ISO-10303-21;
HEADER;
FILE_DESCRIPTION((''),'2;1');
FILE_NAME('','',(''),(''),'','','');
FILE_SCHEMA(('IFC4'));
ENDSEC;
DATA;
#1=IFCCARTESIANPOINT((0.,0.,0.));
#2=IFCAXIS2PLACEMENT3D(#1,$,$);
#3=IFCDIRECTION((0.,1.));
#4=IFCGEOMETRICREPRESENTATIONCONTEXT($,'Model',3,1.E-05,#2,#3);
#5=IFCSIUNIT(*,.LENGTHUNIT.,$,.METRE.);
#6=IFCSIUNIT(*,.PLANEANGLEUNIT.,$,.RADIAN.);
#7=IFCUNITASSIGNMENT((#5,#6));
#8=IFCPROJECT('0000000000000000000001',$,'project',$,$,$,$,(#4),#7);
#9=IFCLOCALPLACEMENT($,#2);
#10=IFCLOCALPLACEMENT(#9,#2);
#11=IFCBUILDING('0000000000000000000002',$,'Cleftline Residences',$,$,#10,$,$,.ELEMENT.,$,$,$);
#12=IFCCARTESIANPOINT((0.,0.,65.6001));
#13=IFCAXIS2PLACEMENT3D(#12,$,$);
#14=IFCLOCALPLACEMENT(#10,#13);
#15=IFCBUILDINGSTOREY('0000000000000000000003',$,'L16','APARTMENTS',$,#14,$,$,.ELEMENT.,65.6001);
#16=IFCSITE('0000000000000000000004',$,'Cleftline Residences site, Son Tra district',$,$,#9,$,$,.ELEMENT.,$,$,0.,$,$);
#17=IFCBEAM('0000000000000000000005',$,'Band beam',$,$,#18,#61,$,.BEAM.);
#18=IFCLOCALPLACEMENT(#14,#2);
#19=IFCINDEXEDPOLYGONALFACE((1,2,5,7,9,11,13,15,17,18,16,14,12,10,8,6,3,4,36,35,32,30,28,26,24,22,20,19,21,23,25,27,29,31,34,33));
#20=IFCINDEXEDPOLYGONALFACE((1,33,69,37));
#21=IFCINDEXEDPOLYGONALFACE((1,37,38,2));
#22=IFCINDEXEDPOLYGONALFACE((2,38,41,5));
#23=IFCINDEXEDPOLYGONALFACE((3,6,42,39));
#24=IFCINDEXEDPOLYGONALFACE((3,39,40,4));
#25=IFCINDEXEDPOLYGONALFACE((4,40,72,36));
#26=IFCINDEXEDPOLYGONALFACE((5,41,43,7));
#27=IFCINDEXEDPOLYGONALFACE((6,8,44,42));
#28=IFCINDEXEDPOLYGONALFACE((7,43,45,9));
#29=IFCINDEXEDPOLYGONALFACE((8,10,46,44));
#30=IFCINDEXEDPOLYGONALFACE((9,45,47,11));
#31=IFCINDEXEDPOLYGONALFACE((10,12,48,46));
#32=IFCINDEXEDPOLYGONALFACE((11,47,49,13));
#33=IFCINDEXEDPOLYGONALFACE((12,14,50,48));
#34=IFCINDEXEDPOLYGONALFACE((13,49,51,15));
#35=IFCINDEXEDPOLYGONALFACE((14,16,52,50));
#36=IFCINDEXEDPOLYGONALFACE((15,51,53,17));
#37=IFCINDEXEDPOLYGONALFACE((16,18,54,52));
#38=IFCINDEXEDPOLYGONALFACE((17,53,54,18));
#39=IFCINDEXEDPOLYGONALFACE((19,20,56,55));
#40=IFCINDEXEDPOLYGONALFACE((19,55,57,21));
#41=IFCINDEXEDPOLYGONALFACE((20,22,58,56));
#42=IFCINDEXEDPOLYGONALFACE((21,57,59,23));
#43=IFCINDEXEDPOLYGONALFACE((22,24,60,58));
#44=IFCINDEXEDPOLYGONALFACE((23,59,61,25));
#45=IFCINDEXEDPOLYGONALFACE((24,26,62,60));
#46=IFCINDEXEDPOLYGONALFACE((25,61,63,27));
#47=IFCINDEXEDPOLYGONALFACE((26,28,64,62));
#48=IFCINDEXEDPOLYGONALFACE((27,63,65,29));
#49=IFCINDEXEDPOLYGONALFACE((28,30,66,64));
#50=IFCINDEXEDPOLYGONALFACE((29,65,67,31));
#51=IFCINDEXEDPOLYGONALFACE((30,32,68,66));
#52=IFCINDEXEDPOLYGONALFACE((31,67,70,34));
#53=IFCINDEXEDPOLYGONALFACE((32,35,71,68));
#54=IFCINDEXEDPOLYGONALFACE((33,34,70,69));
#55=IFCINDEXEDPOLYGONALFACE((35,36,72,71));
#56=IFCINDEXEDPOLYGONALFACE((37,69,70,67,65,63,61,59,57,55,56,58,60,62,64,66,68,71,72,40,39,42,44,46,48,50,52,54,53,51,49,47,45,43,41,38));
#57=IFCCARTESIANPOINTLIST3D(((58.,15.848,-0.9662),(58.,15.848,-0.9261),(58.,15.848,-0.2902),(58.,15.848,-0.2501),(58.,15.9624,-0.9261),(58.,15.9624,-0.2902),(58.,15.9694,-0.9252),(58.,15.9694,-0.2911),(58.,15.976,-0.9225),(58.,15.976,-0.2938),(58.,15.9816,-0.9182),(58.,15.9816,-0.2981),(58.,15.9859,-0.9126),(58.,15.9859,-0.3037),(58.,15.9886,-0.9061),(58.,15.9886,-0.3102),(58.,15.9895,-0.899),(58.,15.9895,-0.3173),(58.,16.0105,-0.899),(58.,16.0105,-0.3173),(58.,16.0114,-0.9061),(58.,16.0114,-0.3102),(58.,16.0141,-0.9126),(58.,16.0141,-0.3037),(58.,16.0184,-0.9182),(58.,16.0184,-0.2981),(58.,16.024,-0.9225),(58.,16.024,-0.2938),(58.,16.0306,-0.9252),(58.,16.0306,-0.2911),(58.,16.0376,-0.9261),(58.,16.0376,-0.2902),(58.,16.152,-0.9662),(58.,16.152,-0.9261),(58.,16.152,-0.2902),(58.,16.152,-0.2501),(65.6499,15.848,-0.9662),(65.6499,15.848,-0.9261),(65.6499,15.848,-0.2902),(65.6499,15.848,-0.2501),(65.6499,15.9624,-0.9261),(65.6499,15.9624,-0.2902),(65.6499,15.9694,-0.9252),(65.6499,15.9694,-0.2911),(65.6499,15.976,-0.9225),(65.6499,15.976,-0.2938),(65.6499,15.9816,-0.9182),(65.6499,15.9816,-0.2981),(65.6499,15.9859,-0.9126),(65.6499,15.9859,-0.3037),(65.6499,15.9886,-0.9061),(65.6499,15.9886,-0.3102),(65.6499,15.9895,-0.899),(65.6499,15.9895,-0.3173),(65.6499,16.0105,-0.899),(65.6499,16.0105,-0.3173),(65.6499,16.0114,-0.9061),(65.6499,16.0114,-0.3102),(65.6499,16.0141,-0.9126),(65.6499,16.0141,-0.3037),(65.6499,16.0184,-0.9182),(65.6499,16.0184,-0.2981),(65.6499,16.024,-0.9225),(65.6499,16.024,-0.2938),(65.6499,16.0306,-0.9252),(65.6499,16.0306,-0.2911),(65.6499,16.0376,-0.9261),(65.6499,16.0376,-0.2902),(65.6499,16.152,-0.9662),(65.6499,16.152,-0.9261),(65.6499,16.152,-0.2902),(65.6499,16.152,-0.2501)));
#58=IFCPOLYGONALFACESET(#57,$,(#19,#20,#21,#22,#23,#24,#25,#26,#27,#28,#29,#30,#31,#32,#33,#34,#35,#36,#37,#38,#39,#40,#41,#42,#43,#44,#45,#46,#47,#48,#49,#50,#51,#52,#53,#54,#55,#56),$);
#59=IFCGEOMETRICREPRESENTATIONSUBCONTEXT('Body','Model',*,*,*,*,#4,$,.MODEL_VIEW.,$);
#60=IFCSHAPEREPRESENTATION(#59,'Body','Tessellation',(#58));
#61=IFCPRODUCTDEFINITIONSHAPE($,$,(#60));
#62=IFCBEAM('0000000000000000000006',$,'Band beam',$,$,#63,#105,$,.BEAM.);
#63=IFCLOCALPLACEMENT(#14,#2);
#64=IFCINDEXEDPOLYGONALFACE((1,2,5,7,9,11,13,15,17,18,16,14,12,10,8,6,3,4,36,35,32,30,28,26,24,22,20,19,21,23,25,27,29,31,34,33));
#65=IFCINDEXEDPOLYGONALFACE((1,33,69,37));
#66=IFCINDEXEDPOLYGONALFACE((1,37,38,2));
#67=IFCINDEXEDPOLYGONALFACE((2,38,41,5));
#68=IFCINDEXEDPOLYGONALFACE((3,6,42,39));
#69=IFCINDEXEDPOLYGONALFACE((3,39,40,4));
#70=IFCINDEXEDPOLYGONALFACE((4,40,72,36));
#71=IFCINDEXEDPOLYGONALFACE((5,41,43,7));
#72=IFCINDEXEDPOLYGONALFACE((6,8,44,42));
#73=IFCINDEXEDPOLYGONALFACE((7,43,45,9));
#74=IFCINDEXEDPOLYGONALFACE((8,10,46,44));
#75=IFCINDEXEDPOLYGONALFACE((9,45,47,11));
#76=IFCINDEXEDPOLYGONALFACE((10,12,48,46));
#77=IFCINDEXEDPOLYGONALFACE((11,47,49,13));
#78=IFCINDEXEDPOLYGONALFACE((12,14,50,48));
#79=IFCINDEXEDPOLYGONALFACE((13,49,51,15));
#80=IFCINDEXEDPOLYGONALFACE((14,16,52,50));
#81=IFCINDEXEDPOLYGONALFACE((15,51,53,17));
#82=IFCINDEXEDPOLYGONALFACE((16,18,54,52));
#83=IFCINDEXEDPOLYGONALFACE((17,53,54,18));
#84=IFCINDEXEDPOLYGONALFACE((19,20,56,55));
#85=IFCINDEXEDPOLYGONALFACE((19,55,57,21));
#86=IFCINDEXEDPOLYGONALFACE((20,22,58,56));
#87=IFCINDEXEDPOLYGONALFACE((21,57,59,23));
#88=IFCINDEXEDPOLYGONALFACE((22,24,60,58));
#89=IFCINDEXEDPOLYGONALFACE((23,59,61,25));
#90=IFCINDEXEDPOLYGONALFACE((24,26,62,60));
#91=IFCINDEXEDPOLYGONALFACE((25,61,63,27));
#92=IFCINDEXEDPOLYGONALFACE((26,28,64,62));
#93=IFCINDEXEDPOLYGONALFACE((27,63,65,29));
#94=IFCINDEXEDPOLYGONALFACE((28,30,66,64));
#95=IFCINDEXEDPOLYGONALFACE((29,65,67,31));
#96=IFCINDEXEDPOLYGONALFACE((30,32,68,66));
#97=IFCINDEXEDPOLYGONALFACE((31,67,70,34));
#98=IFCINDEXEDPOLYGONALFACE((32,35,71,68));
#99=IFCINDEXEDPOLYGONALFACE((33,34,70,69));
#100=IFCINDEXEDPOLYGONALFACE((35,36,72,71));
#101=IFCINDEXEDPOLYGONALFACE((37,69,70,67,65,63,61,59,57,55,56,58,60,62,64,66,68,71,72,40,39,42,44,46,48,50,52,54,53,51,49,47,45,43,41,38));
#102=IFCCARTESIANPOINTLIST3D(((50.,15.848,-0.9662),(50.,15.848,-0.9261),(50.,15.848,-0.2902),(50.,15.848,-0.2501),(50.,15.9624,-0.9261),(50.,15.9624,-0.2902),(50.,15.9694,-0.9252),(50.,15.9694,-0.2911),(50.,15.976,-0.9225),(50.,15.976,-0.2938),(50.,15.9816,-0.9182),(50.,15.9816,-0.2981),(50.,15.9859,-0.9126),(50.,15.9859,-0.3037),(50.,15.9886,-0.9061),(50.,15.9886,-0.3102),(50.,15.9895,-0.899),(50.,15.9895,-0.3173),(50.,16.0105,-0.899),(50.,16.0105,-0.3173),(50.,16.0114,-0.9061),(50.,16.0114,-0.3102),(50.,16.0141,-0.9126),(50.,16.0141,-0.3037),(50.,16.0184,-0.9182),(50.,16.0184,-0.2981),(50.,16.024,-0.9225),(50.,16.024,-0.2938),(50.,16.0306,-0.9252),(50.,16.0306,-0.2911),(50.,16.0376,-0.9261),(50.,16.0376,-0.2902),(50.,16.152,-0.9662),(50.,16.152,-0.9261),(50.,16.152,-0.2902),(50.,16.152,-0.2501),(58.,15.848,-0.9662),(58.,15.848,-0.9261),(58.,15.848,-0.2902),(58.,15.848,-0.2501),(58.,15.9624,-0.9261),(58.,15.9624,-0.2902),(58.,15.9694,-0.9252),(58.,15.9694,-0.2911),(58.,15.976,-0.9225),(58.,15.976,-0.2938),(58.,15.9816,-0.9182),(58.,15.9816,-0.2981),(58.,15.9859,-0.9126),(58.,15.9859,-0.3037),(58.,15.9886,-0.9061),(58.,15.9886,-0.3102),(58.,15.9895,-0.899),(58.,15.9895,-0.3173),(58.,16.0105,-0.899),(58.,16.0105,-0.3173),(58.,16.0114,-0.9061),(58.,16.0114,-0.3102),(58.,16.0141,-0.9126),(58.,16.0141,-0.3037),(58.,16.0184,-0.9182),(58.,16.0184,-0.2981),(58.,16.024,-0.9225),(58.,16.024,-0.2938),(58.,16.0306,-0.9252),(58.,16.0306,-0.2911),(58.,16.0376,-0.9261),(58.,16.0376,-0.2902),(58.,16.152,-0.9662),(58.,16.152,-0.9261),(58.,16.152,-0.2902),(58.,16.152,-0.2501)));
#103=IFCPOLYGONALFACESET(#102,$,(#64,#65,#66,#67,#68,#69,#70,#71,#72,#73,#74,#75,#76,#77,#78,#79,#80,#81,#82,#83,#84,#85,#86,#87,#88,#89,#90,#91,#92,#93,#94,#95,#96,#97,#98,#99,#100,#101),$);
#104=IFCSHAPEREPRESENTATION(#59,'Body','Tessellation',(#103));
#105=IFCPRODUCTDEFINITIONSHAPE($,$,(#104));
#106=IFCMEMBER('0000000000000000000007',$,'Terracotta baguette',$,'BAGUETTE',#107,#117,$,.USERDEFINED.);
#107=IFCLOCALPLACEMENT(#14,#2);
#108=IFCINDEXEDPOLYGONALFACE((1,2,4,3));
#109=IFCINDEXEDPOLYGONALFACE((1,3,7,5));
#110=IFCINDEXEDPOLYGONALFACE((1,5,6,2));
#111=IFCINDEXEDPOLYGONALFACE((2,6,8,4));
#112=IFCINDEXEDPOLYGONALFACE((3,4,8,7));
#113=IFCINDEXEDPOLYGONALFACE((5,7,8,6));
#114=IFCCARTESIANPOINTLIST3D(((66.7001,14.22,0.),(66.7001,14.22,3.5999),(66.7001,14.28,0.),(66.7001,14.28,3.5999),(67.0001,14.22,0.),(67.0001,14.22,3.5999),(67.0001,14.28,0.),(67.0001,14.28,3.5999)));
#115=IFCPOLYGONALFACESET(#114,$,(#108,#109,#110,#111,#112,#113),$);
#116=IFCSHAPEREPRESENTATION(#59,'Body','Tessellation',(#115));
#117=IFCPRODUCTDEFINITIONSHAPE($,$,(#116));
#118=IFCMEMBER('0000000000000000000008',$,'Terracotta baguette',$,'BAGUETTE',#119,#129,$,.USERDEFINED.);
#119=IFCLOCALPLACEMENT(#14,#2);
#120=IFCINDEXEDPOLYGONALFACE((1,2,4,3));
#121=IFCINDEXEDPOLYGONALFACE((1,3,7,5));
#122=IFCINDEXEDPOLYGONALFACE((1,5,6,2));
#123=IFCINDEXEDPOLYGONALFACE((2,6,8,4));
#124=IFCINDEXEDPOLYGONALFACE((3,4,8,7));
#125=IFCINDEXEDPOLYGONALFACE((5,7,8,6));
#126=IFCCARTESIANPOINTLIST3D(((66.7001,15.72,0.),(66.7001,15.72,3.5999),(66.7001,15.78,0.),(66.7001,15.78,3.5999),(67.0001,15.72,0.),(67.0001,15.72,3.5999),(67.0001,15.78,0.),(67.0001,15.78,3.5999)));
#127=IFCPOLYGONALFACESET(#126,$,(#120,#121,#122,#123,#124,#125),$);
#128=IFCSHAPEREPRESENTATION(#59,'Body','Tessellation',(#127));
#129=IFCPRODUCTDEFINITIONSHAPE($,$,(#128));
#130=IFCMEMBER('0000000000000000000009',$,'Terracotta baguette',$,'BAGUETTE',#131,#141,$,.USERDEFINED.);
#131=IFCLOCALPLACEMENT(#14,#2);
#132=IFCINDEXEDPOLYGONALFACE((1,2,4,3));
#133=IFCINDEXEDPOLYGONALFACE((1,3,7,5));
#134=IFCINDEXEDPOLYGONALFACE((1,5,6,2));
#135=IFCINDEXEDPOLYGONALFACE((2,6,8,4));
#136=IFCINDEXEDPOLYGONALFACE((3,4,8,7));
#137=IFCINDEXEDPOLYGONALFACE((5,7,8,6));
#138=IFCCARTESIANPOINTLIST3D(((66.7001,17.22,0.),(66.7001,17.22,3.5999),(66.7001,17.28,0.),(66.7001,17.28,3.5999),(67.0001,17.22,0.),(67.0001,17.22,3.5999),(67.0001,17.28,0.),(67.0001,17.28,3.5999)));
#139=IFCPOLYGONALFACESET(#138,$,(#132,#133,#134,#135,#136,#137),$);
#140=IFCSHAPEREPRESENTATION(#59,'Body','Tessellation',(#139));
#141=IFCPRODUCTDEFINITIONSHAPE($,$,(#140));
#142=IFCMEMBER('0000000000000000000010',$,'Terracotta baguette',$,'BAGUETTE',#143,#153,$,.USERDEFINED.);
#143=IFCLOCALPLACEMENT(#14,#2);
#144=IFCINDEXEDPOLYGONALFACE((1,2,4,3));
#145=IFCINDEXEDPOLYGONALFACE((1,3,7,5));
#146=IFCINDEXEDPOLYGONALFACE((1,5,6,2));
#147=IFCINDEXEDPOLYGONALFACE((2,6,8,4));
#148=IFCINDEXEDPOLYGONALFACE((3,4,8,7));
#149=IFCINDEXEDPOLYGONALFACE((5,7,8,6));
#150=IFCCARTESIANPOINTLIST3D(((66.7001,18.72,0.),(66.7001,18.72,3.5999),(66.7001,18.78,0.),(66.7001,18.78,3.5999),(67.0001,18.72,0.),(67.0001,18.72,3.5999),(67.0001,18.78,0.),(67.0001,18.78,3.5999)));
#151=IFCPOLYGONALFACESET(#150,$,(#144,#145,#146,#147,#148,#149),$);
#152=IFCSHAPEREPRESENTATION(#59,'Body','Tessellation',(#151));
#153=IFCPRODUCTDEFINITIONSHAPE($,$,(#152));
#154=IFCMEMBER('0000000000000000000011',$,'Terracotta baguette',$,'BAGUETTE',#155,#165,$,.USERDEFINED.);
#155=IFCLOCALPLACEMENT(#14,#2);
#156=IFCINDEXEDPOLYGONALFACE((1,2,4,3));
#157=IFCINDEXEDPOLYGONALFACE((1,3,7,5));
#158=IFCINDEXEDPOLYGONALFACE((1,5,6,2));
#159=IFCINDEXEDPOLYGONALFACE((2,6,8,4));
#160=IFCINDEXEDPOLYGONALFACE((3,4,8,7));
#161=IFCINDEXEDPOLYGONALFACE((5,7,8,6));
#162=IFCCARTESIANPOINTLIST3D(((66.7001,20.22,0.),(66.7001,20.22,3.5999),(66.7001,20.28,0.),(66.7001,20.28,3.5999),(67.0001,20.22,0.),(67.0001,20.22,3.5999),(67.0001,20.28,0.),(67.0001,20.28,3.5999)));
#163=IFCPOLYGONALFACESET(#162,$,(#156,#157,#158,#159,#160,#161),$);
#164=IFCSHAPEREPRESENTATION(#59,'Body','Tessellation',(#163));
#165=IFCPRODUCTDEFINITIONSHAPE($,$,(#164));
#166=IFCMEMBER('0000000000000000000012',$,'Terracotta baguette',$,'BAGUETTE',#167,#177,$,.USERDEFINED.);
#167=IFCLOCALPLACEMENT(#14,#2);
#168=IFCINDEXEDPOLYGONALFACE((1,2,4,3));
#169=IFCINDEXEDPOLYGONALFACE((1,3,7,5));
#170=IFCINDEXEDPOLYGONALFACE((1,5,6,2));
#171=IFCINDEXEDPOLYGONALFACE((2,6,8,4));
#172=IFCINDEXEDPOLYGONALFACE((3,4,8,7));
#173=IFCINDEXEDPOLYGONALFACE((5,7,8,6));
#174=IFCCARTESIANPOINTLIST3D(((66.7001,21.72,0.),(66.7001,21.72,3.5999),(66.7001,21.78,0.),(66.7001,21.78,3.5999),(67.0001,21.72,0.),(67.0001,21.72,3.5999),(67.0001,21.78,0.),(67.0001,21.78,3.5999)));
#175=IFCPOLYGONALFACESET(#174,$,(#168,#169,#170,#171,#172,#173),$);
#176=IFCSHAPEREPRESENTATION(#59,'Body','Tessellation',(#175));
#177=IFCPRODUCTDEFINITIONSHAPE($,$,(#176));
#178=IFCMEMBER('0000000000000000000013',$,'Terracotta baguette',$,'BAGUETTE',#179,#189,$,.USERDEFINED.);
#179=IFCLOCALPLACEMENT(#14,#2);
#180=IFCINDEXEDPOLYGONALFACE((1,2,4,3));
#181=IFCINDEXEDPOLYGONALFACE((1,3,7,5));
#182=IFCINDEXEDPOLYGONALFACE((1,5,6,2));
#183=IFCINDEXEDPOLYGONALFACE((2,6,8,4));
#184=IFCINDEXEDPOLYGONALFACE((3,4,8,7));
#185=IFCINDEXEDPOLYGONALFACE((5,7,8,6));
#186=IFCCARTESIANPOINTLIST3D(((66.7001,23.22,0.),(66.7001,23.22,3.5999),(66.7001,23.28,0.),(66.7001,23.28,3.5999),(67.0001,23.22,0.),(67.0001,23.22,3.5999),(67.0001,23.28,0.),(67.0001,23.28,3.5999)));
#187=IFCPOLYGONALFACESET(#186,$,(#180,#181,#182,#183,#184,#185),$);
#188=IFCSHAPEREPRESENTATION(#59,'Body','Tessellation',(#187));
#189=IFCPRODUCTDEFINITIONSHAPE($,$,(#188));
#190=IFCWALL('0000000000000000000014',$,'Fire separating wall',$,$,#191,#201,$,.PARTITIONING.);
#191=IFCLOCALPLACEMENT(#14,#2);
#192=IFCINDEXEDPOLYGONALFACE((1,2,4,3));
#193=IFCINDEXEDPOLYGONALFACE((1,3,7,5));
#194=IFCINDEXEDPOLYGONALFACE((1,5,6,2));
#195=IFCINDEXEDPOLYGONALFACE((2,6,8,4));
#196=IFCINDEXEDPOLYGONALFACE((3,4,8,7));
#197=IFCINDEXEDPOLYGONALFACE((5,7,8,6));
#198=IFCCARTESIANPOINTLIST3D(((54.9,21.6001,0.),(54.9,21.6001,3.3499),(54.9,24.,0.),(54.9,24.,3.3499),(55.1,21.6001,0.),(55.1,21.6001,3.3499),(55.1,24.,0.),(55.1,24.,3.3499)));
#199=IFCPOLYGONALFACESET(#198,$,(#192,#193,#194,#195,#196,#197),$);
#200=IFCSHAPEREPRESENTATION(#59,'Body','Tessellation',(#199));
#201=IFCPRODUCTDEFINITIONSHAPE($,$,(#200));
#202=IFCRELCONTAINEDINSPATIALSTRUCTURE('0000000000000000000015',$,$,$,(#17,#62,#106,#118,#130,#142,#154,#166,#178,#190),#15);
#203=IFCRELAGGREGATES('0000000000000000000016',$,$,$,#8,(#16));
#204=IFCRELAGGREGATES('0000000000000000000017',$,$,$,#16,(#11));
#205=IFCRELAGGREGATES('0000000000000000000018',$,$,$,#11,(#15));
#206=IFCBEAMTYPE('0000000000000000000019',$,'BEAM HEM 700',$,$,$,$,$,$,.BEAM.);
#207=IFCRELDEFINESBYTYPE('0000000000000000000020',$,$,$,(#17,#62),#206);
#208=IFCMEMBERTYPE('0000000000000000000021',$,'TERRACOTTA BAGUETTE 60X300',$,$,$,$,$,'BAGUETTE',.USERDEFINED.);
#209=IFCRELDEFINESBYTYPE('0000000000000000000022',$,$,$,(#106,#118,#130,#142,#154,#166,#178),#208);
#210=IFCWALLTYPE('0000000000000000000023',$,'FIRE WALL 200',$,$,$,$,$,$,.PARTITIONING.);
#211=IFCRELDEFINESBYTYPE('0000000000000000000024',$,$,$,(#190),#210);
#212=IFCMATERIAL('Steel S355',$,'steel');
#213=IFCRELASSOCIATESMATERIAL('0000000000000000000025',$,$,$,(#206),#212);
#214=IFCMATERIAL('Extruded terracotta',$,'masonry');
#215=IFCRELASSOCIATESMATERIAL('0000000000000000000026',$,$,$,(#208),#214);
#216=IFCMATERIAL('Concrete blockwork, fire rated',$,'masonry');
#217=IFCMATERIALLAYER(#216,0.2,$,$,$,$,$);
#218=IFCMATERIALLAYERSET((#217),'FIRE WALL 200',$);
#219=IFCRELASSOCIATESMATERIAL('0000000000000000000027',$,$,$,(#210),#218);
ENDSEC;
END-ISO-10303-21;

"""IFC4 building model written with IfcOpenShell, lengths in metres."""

from ifc_helpers import new_model, si_unit, direction, frame, frame_2d, origin, origin_2d, place, context, subcontext, project, spatial, rectangle, i_section, extrude, material, layer, layer_set, material_profile, profile_set, type_object, element, save


model = new_model("IFC4")

# Units and contexts
model_context = context("Model", 3, precision=1e-05, world=origin(), true_north=direction((0.0, 1.0)))
body_context = subcontext(model_context, "Body", "Model", "MODEL_VIEW")
ifc_project = project(units=[si_unit("LENGTHUNIT", "METRE"), si_unit("PLANEANGLEUNIT", "RADIAN")], contexts=[model_context])

# Site, building, storey
site_placement = place(None, origin())
site = spatial("IfcSite", under=ifc_project, at=site_placement, Name="Cleftline Residences site, Son Tra district", CompositionType="ELEMENT", RefElevation=0.0)
building_placement = place(site_placement, origin())
building = spatial("IfcBuilding", under=site, at=building_placement, Name="Cleftline Residences", CompositionType="ELEMENT")
storey_placement = place(building_placement, frame((0.0, 0.0, 65.6001)))
storey = spatial("IfcBuildingStorey", under=building, at=storey_placement, Name="L16", Description="APARTMENTS", CompositionType="ELEMENT", Elevation=65.6001)

# Beams
ifc_material_1 = material(Name="Steel S355", Category="steel")
ifc_material_profile_1 = material_profile(ifc_material_1, i_section(OverallWidth=0.304, OverallDepth=0.7161, WebThickness=0.021, FlangeThickness=0.04, FilletRadius=0.0271, at=origin_2d()))
ifc_profile_set_1 = profile_set([ifc_material_profile_1], Name="Steel S355")
beam_type_1 = type_object("IfcBeamType", Name="BEAM HEM 700", PredefinedType="BEAM", material=ifc_profile_set_1)
beam_1_placement = place(storey_placement, frame((65.6499, 16.0, -0.6082), z_axis=(-1.0, 0.0, 0.0), x_axis=(0.0, -1.0, 0.0)))
element("IfcBeam", 1, at=beam_1_placement, inside=storey, type_object=beam_type_1, Name="Band beam", PredefinedType="BEAM", context=body_context, shape_type="SweptSolid", body=[
    extrude(i_section(OverallWidth=0.304, OverallDepth=0.7161, WebThickness=0.021, FlangeThickness=0.04, FilletRadius=0.0271, at=origin_2d()), origin(), (0.0, 0.0, 1.0), 7.6499),
])
beam_2_placement = place(storey_placement, frame((58.0, 16.0, -0.6082), z_axis=(-1.0, 0.0, 0.0), x_axis=(0.0, -1.0, 0.0)))
element("IfcBeam", 2, at=beam_2_placement, inside=storey, type_object=beam_type_1, Name="Band beam", PredefinedType="BEAM", context=body_context, shape_type="SweptSolid", body=[
    extrude(i_section(OverallWidth=0.304, OverallDepth=0.7161, WebThickness=0.021, FlangeThickness=0.04, FilletRadius=0.0271, at=origin_2d()), origin(), (0.0, 0.0, 1.0), 8.0),
])

# Members
ifc_material_2 = material(Name="Extruded terracotta", Category="masonry")
ifc_material_profile_2 = material_profile(ifc_material_2, rectangle(XDim=0.0601, YDim=0.3, at=origin_2d()))
ifc_profile_set_2 = profile_set([ifc_material_profile_2], Name="Extruded terracotta")
member_type_1 = type_object("IfcMemberType", Name="TERRACOTTA BAGUETTE 60X300", ElementType="BAGUETTE", PredefinedType="USERDEFINED", material=ifc_profile_set_2)
for number, where, z_axis, x_axis, name in (
    (3, (66.8501, 14.25, 0.0), (0.0, 0.0, 1.0), (0.0, 1.0, 0.0), "Terracotta baguette"),
    (4, (66.8501, 15.75, 0.0), (0.0, 0.0, 1.0), (0.0, 1.0, 0.0), "Terracotta baguette"),
    (5, (66.8501, 17.25, 0.0), (0.0, 0.0, 1.0), (0.0, 1.0, 0.0), "Terracotta baguette"),
    (6, (66.8501, 18.75, 0.0), (0.0, 0.0, 1.0), (0.0, 1.0, 0.0), "Terracotta baguette"),
    (7, (66.8501, 20.25, 0.0), (0.0, 0.0, 1.0), (0.0, 1.0, 0.0), "Terracotta baguette"),
    (8, (66.8501, 21.75, 0.0), (0.0, 0.0, 1.0), (0.0, 1.0, 0.0), "Terracotta baguette"),
    (9, (66.8501, 23.25, 0.0), (0.0, 0.0, 1.0), (0.0, 1.0, 0.0), "Terracotta baguette"),
):
    element("IfcMember", number, at=place(storey_placement, frame(where, z_axis=z_axis, x_axis=x_axis)), inside=storey, type_object=member_type_1, Name=name, ObjectType="BAGUETTE", PredefinedType="USERDEFINED", context=body_context, shape_type="SweptSolid", body=[
        extrude(rectangle(XDim=0.0601, YDim=0.3, at=origin_2d()), origin(), (0.0, 0.0, 1.0), 3.5999),
    ])

# Wall
ifc_material_3 = material(Name="Concrete blockwork, fire rated", Category="masonry")
ifc_layer_1 = layer(ifc_material_3, 0.2)
ifc_layer_set_1 = layer_set([ifc_layer_1], Name="FIRE WALL 200")
wall_type_1 = type_object("IfcWallType", Name="FIRE WALL 200", PredefinedType="PARTITIONING", material=ifc_layer_set_1)
wall_1_placement = place(storey_placement, frame((55.0, 21.6001, 0.0), z_axis=(0.0, 0.0, 1.0), x_axis=(0.0, 1.0, 0.0)))
element("IfcWall", 10, at=wall_1_placement, inside=storey, type_object=wall_type_1, Name="Fire separating wall", PredefinedType="PARTITIONING", context=body_context, shape_type="SweptSolid", body=[
    extrude(rectangle(XDim=2.3999, YDim=0.2, at=frame_2d((1.2, 0.0))), origin(), (0.0, 0.0, 1.0), 3.3499),
])

save(model, "model.ifc")
